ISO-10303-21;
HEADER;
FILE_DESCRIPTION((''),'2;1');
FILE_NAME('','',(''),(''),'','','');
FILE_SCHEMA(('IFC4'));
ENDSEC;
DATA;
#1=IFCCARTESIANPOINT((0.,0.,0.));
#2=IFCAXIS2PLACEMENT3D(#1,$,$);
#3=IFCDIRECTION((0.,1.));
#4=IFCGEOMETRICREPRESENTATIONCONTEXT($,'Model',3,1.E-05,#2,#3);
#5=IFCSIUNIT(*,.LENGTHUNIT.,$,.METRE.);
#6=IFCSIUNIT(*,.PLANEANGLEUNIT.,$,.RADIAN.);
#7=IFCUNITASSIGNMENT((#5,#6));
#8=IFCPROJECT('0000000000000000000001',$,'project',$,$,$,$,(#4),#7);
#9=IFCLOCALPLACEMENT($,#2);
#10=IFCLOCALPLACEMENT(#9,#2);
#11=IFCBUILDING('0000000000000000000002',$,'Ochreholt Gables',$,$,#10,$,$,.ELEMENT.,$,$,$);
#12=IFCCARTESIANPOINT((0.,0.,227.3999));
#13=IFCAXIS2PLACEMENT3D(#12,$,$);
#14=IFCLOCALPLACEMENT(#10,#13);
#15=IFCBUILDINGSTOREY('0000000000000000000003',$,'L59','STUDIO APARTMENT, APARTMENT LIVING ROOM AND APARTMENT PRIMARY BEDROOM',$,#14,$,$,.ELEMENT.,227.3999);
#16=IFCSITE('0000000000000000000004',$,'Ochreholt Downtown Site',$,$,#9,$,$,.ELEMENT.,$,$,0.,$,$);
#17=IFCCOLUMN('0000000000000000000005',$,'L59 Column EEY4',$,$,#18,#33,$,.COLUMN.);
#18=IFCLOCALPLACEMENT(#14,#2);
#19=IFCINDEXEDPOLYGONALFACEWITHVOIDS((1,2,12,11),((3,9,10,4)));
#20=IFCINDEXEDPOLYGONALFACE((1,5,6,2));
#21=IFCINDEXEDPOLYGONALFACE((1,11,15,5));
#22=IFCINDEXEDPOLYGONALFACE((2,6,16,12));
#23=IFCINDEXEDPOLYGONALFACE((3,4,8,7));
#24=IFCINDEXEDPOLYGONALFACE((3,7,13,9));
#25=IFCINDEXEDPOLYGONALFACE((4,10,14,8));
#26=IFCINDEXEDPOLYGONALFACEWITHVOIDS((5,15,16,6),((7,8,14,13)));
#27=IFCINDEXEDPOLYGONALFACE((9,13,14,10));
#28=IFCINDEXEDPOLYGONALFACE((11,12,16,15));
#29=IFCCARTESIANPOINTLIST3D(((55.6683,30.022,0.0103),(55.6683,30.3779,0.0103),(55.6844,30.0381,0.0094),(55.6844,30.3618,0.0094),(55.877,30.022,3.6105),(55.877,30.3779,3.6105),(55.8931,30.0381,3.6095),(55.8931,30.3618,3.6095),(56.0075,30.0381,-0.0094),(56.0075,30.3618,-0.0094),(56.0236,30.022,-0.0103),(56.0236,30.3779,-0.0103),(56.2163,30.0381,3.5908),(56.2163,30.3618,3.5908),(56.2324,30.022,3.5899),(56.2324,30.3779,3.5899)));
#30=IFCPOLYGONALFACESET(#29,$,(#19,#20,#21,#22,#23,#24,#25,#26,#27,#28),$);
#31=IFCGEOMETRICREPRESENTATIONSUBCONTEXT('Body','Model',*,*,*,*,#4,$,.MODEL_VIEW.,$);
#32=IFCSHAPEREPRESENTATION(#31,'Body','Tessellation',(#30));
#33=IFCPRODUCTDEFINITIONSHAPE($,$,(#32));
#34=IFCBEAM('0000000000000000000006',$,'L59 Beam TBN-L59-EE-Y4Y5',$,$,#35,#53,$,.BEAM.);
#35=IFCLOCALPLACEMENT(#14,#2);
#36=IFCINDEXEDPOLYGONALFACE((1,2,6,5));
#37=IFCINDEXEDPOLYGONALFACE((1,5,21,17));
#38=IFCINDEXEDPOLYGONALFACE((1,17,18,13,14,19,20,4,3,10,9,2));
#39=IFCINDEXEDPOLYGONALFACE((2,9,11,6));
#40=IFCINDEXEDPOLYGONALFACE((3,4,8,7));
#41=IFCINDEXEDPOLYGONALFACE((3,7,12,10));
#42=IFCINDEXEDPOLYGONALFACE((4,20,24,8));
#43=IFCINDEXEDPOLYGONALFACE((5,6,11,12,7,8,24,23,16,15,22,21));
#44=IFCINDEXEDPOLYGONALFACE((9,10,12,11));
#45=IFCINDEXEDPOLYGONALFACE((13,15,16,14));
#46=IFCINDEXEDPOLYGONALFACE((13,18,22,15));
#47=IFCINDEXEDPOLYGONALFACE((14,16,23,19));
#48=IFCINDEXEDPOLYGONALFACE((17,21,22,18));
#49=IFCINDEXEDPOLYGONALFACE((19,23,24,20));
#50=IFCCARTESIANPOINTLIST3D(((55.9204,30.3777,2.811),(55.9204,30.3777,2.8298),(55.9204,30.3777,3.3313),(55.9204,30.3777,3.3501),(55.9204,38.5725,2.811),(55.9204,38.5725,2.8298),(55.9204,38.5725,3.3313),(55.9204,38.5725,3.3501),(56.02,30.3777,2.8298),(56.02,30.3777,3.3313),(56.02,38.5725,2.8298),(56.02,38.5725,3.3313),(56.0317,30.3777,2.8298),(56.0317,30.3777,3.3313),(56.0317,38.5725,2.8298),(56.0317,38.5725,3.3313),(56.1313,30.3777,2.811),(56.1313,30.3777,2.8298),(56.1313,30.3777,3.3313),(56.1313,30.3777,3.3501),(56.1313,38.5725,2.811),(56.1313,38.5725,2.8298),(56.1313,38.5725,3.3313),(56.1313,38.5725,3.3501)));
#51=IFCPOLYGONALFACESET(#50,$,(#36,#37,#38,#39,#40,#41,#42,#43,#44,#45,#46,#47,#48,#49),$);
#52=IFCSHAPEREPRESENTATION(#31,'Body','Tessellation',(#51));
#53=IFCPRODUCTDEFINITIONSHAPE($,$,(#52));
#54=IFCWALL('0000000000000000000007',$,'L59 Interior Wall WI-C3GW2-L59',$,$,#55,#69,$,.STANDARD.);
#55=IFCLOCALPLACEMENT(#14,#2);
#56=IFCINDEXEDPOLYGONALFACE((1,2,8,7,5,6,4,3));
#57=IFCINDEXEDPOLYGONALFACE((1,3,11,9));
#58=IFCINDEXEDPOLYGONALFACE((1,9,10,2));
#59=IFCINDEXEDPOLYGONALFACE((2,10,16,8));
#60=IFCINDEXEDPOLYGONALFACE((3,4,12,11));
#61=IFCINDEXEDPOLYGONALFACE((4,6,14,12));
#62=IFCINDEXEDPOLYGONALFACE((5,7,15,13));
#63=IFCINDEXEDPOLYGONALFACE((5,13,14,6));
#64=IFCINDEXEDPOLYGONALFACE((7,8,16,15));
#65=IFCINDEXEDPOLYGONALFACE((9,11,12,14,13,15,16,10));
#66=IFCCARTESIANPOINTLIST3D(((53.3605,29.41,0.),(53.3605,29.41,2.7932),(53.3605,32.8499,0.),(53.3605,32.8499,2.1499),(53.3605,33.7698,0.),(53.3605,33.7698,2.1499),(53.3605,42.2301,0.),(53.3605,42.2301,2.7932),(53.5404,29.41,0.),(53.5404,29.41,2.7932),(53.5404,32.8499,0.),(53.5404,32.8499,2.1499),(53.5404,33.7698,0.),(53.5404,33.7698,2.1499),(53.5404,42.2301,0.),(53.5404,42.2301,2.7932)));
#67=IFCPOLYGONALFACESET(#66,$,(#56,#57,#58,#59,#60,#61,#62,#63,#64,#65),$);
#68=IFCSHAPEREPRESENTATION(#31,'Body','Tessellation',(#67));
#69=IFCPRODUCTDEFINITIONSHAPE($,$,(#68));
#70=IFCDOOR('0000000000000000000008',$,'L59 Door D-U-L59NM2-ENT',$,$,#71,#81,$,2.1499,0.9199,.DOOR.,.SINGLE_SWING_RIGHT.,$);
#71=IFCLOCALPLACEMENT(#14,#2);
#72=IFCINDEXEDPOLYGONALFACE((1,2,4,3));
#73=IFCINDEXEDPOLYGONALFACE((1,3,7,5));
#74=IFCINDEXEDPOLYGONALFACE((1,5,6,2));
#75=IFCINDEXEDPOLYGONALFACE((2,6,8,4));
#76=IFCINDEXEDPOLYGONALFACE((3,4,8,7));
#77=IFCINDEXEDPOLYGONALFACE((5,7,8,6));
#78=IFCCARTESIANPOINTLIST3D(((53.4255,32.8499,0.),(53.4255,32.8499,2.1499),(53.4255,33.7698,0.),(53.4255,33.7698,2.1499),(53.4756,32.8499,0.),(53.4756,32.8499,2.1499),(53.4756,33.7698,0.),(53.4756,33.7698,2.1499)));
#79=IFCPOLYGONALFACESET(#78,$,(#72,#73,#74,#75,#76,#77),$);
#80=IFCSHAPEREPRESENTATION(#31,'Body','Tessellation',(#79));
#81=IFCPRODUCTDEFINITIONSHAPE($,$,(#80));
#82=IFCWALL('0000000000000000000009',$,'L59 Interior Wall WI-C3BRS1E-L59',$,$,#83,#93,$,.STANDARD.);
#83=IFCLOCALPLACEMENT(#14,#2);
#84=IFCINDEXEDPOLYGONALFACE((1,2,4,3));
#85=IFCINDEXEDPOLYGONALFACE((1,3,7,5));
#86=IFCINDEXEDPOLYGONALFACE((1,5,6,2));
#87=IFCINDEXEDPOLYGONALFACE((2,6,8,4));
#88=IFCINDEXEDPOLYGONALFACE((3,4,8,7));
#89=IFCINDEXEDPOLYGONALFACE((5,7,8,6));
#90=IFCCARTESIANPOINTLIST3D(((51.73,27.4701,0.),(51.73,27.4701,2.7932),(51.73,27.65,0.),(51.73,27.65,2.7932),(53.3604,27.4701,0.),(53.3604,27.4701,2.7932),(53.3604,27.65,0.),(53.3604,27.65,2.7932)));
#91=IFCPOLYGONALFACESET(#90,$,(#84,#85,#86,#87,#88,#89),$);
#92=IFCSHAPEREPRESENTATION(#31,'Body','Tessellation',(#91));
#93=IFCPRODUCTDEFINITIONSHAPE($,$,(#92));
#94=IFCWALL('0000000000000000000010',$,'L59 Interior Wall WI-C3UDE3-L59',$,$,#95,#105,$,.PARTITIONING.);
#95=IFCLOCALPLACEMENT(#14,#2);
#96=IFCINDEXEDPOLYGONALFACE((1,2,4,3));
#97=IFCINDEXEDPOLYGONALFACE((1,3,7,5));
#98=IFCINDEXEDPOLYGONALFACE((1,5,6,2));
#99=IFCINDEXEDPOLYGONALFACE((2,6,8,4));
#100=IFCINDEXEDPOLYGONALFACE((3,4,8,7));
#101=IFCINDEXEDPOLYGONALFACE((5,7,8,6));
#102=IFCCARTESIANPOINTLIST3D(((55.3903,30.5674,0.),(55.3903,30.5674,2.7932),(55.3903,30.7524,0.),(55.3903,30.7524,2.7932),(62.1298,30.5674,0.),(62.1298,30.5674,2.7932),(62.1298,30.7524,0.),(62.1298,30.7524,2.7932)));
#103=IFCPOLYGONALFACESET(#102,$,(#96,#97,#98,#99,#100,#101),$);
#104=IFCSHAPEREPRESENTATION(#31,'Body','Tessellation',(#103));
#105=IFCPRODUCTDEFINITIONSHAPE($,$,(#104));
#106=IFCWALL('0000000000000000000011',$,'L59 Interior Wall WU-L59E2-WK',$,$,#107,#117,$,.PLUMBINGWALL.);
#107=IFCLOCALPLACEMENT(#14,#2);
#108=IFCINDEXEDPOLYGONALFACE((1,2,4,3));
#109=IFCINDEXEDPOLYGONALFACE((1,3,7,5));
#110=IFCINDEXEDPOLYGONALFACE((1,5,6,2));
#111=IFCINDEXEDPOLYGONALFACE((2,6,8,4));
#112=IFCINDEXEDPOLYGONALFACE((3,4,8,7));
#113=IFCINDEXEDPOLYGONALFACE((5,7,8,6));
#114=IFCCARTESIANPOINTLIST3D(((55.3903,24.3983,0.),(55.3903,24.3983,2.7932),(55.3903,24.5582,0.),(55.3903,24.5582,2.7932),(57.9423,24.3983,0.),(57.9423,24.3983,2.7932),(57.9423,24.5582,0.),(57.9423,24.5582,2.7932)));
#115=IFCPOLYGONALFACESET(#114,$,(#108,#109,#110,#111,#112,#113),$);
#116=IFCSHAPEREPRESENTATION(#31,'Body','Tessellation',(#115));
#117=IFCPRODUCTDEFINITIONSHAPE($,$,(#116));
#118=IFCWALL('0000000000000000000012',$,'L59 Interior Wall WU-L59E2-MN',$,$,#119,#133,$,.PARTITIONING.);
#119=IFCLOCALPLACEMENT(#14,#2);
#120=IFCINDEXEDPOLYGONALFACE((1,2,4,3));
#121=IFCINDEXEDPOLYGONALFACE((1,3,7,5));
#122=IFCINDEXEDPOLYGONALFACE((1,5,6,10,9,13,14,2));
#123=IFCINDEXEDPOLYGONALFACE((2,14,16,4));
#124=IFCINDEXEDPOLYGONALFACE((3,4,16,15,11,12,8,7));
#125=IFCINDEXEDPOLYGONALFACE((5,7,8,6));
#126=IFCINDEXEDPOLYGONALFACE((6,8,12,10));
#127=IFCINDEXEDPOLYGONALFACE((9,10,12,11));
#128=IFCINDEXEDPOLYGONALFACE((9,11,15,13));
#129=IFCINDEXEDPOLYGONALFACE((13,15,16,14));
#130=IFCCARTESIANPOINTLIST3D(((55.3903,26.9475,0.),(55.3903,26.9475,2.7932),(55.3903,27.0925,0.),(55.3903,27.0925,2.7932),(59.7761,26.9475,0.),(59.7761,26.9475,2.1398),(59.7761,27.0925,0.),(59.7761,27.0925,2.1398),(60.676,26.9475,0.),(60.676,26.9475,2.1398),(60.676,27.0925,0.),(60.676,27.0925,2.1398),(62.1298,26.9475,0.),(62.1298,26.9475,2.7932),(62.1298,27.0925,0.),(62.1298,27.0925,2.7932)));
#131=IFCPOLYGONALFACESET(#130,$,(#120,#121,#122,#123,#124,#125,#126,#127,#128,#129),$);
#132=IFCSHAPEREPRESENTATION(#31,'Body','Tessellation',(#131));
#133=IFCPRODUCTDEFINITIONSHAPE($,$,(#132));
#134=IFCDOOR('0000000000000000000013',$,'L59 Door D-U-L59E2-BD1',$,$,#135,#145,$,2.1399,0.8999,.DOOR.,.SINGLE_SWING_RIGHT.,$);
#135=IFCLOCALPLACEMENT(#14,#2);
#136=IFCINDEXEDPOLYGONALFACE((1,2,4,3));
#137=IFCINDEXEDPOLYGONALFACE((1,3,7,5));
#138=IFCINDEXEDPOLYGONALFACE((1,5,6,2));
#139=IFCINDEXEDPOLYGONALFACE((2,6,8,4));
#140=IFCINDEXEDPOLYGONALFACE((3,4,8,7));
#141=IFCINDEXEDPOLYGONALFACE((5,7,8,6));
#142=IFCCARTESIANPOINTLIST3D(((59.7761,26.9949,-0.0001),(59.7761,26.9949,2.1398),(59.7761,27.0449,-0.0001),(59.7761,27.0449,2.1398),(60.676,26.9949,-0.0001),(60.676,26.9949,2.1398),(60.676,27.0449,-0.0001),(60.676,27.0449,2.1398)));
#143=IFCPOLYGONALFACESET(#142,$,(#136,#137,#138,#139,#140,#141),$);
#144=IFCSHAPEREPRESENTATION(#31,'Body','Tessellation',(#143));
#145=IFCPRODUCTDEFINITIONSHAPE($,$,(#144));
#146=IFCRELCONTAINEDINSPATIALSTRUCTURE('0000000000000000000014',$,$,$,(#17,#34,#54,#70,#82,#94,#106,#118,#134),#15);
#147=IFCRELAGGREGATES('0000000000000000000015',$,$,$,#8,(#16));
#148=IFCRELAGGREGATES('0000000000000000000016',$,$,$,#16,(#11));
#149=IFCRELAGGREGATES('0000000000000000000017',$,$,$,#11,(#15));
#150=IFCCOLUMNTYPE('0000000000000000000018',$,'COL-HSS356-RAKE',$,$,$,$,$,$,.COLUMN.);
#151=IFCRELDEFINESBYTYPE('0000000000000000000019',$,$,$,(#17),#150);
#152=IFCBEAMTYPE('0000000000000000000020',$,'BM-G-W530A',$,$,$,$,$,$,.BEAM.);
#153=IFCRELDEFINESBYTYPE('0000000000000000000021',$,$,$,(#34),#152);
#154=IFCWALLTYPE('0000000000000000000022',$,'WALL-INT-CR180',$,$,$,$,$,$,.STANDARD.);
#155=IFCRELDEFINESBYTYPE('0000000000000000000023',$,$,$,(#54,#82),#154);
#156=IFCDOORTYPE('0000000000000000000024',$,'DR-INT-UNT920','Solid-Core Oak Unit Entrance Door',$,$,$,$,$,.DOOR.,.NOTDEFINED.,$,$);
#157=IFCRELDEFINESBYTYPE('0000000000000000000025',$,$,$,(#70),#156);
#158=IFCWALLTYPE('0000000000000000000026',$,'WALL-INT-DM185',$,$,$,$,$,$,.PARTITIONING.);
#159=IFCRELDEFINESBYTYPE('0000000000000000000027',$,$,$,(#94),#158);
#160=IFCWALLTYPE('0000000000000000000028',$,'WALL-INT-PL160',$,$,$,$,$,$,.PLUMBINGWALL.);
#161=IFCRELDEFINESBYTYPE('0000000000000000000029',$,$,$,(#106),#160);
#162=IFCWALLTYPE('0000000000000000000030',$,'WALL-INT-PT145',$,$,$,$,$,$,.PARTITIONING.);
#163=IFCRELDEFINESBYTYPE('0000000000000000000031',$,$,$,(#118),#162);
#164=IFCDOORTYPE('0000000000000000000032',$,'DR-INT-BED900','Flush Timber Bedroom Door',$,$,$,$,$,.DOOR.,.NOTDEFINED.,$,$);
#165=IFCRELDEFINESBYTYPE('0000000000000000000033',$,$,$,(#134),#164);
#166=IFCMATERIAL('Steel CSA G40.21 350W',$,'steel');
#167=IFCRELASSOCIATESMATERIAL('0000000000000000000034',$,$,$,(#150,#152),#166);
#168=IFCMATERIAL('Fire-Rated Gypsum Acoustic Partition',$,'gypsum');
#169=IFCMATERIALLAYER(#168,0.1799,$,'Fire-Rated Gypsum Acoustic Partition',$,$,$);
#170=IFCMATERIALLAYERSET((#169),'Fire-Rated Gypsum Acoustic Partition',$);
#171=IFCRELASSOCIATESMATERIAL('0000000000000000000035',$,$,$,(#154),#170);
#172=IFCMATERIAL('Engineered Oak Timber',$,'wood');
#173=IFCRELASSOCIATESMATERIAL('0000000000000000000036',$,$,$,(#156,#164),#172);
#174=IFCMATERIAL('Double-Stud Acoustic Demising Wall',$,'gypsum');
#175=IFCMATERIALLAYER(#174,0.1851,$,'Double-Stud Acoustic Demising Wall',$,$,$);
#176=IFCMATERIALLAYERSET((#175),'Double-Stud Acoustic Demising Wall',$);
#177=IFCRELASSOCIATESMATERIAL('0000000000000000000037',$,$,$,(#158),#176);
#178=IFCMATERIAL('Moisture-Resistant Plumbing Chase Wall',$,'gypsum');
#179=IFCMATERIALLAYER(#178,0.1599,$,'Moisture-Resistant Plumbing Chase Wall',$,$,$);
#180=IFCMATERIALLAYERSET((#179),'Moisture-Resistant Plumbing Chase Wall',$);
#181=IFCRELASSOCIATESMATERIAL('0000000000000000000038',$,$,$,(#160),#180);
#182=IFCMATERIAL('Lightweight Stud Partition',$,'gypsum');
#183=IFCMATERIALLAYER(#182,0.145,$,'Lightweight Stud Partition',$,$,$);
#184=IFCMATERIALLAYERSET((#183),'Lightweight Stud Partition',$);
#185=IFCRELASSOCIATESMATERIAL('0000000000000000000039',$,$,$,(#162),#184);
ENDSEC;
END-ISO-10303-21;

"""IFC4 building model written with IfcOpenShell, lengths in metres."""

from ifc_helpers import new_model, si_unit, direction, frame, frame_2d, origin, origin_2d, place, context, subcontext, project, spatial, rectangle, hollow_rectangle, i_section, extrude, material, layer, layer_set, material_profile, profile_set, type_object, element, fill, save


model = new_model("IFC4")

# Units and contexts
model_context = context("Model", 3, precision=1e-05, world=origin(), true_north=direction((0.0, 1.0)))
body_context = subcontext(model_context, "Body", "Model", "MODEL_VIEW")
ifc_project = project(units=[si_unit("LENGTHUNIT", "METRE"), si_unit("PLANEANGLEUNIT", "RADIAN")], contexts=[model_context])

# Site, building, storey
site_placement = place(None, origin())
site = spatial("IfcSite", under=ifc_project, at=site_placement, Name="Ochreholt Downtown Site", CompositionType="ELEMENT", RefElevation=0.0)
building_placement = place(site_placement, origin())
building = spatial("IfcBuilding", under=site, at=building_placement, Name="Ochreholt Gables", CompositionType="ELEMENT")
storey_placement = place(building_placement, frame((0.0, 0.0, 227.3999)))
storey = spatial("IfcBuildingStorey", under=building, at=storey_placement, Name="L59", Description="STUDIO APARTMENT, APARTMENT LIVING ROOM AND APARTMENT PRIMARY BEDROOM", CompositionType="ELEMENT", Elevation=227.3999)

# Column
ifc_material_1 = material(Name="Steel CSA G40.21 350W", Category="steel")
ifc_material_profile_1 = material_profile(ifc_material_1, hollow_rectangle(XDim=0.356, YDim=0.356, WallThickness=0.0161, at=origin_2d()), Name="HSS356X356X16")
ifc_profile_set_1 = profile_set([ifc_material_profile_1], Name="Steel CSA G40.21 350W")
column_type = type_object("IfcColumnType", Name="COL-HSS356-RAKE", PredefinedType="COLUMN", material=ifc_profile_set_1)
column_placement = place(storey_placement, frame((55.8459, 30.2, 0.0), z_axis=(0.057885, 0.0, 0.998323), x_axis=(0.0, 1.0, 0.0)))
element("IfcColumn", 1, at=column_placement, inside=storey, type_object=column_type, Name="L59 Column EEY4", PredefinedType="COLUMN", context=body_context, shape_type="SweptSolid", body=[
    extrude(hollow_rectangle(XDim=0.356, YDim=0.356, WallThickness=0.0161, at=origin_2d()), origin(), (0.0, 0.0, 1.0), 3.6062),
])

# Beam
ifc_material_profile_2 = material_profile(ifc_material_1, i_section(OverallWidth=0.2109, OverallDepth=0.5391, WebThickness=0.0117, FlangeThickness=0.0188, at=origin_2d()), Name="W530X109")
ifc_profile_set_2 = profile_set([ifc_material_profile_2], Name="Steel CSA G40.21 350W")
beam_type = type_object("IfcBeamType", Name="BM-G-W530A", PredefinedType="BEAM", material=ifc_profile_set_2)
beam_placement = place(storey_placement, frame((56.0259, 30.3777, 3.0806), z_axis=(0.0, 1.0, 0.0), x_axis=(-1.0, 0.0, 0.0)))
element("IfcBeam", 2, at=beam_placement, inside=storey, type_object=beam_type, Name="L59 Beam TBN-L59-EE-Y4Y5", PredefinedType="BEAM", context=body_context, shape_type="SweptSolid", body=[
    extrude(i_section(OverallWidth=0.2109, OverallDepth=0.5391, WebThickness=0.0117, FlangeThickness=0.0188, at=origin_2d()), origin(), (0.0, 0.0, 1.0), 8.1948),
])

# Wall, opening, door
ifc_material_2 = material(Name="Fire-Rated Gypsum Acoustic Partition", Category="gypsum")
ifc_layer_1 = layer(ifc_material_2, 0.1799, Name="Fire-Rated Gypsum Acoustic Partition")
ifc_layer_set_1 = layer_set([ifc_layer_1], Name="Fire-Rated Gypsum Acoustic Partition")
wall_type_1 = type_object("IfcWallType", Name="WALL-INT-CR180", PredefinedType="STANDARD", material=ifc_layer_set_1)
wall_1_placement = place(storey_placement, frame((53.4504, 29.4099, 0.0), z_axis=(0.0, 0.0, 1.0), x_axis=(0.0, 1.0, 0.0)))
wall_1 = element("IfcWall", 3, at=wall_1_placement, inside=storey, type_object=wall_type_1, Name="L59 Interior Wall WI-C3GW2-L59", PredefinedType="STANDARD", context=body_context, shape_type="SweptSolid", body=[
    extrude(rectangle(XDim=12.8201, YDim=0.1799, at=frame_2d((6.4102, 0.0))), origin(), (0.0, 0.0, 1.0), 2.7932),
])
opening_1_placement = place(wall_1_placement, frame((3.4399, 0.0, 0.0)))
opening_1 = element("IfcOpeningElement", 4, at=opening_1_placement, cuts=wall_1, PredefinedType="OPENING", context=body_context, shape_type="SweptSolid", body=[
    extrude(rectangle(XDim=0.9199, YDim=2.1499, at=frame_2d((0.46, 1.075))), frame((0.0, 0.0999, 0.0), z_axis=(0.0, -1.0, 0.0), x_axis=(1.0, 0.0, 0.0)), (0.0, 0.0, 1.0), 0.2),
])
ifc_material_3 = material(Name="Engineered Oak Timber", Category="wood")
door_type_1 = type_object("IfcDoorType", Name="DR-INT-UNT920", Description="Solid-Core Oak Unit Entrance Door", OperationType="NOTDEFINED", PredefinedType="DOOR", material=ifc_material_3)
door_1_placement = place(opening_1_placement, origin())
door_1 = element("IfcDoor", 5, at=door_1_placement, inside=storey, type_object=door_type_1, Name="L59 Door D-U-L59NM2-ENT", OperationType="SINGLE_SWING_RIGHT", OverallHeight=2.1499, OverallWidth=0.9199, PredefinedType="DOOR", context=body_context, shape_type="SweptSolid", body=[
    extrude(rectangle(XDim=0.9199, YDim=2.1499, at=frame_2d((0.46, 1.075))), frame((0.0, 0.0249, 0.0), z_axis=(0.0, -1.0, 0.0), x_axis=(1.0, 0.0, 0.0)), (0.0, 0.0, 1.0), 0.05),
])
fill(opening_1, door_1)

# Walls
wall_2_placement = place(storey_placement, frame((51.73, 27.5601, 0.0), z_axis=(0.0, 0.0, 1.0), x_axis=(1.0, 0.0, 0.0)))
element("IfcWall", 6, at=wall_2_placement, inside=storey, type_object=wall_type_1, Name="L59 Interior Wall WI-C3BRS1E-L59", PredefinedType="STANDARD", context=body_context, shape_type="SweptSolid", body=[
    extrude(rectangle(XDim=1.6304, YDim=0.1799, at=frame_2d((0.8152, 0.0))), origin(), (0.0, 0.0, 1.0), 2.7932),
])
ifc_material_4 = material(Name="Double-Stud Acoustic Demising Wall", Category="gypsum")
ifc_layer_2 = layer(ifc_material_4, 0.1851, Name="Double-Stud Acoustic Demising Wall")
ifc_layer_set_2 = layer_set([ifc_layer_2], Name="Double-Stud Acoustic Demising Wall")
wall_type_2 = type_object("IfcWallType", Name="WALL-INT-DM185", PredefinedType="PARTITIONING", material=ifc_layer_set_2)
wall_3_placement = place(storey_placement, frame((55.3904, 30.6599, 0.0), z_axis=(0.0, 0.0, 1.0), x_axis=(1.0, 0.0, 0.0)))
element("IfcWall", 7, at=wall_3_placement, inside=storey, type_object=wall_type_2, Name="L59 Interior Wall WI-C3UDE3-L59", PredefinedType="PARTITIONING", context=body_context, shape_type="SweptSolid", body=[
    extrude(rectangle(XDim=6.7395, YDim=0.1851, at=frame_2d((3.3696, 0.0))), origin(), (0.0, 0.0, 1.0), 2.7932),
])
ifc_material_5 = material(Name="Moisture-Resistant Plumbing Chase Wall", Category="gypsum")
ifc_layer_3 = layer(ifc_material_5, 0.1599, Name="Moisture-Resistant Plumbing Chase Wall")
ifc_layer_set_3 = layer_set([ifc_layer_3], Name="Moisture-Resistant Plumbing Chase Wall")
wall_type_3 = type_object("IfcWallType", Name="WALL-INT-PL160", PredefinedType="PLUMBINGWALL", material=ifc_layer_set_3)
wall_4_placement = place(storey_placement, frame((55.3904, 24.4783, 0.0), z_axis=(0.0, 0.0, 1.0), x_axis=(1.0, 0.0, 0.0)))
element("IfcWall", 8, at=wall_4_placement, inside=storey, type_object=wall_type_3, Name="L59 Interior Wall WU-L59E2-WK", PredefinedType="PLUMBINGWALL", context=body_context, shape_type="SweptSolid", body=[
    extrude(rectangle(XDim=2.552, YDim=0.1599, at=frame_2d((1.2759, 0.0))), origin(), (0.0, 0.0, 1.0), 2.7932),
])

# Wall, opening, door
ifc_material_6 = material(Name="Lightweight Stud Partition", Category="gypsum")
ifc_layer_4 = layer(ifc_material_6, 0.145, Name="Lightweight Stud Partition")
ifc_layer_set_4 = layer_set([ifc_layer_4], Name="Lightweight Stud Partition")
wall_type_4 = type_object("IfcWallType", Name="WALL-INT-PT145", PredefinedType="PARTITIONING", material=ifc_layer_set_4)
wall_5_placement = place(storey_placement, frame((55.3904, 27.02, 0.0), z_axis=(0.0, 0.0, 1.0), x_axis=(1.0, 0.0, 0.0)))
wall_5 = element("IfcWall", 9, at=wall_5_placement, inside=storey, type_object=wall_type_4, Name="L59 Interior Wall WU-L59E2-MN", PredefinedType="PARTITIONING", context=body_context, shape_type="SweptSolid", body=[
    extrude(rectangle(XDim=6.7395, YDim=0.145, at=frame_2d((3.3696, 0.0))), origin(), (0.0, 0.0, 1.0), 2.7932),
])
opening_2_placement = place(wall_5_placement, frame((4.3857, 0.0, 0.0)))
opening_2 = element("IfcOpeningElement", 10, at=opening_2_placement, cuts=wall_5, PredefinedType="OPENING", context=body_context, shape_type="SweptSolid", body=[
    extrude(rectangle(XDim=0.8999, YDim=2.1399, at=frame_2d((0.45, 1.0698))), frame((0.0, 0.0825, 0.0), z_axis=(0.0, -1.0, 0.0), x_axis=(1.0, 0.0, 0.0)), (0.0, 0.0, 1.0), 0.165),
])
door_type_2 = type_object("IfcDoorType", Name="DR-INT-BED900", Description="Flush Timber Bedroom Door", OperationType="NOTDEFINED", PredefinedType="DOOR", material=ifc_material_3)
door_2_placement = place(opening_2_placement, origin())
door_2 = element("IfcDoor", 11, at=door_2_placement, inside=storey, type_object=door_type_2, Name="L59 Door D-U-L59E2-BD1", OperationType="SINGLE_SWING_RIGHT", OverallHeight=2.1399, OverallWidth=0.8999, PredefinedType="DOOR", context=body_context, shape_type="SweptSolid", body=[
    extrude(rectangle(XDim=0.8999, YDim=2.1399, at=frame_2d((0.45, 1.0698))), frame((0.0, 0.0249, 0.0), z_axis=(0.0, -1.0, 0.0), x_axis=(1.0, 0.0, 0.0)), (0.0, 0.0, 1.0), 0.05),
])
fill(opening_2, door_2)

save(model, "model.ifc")
